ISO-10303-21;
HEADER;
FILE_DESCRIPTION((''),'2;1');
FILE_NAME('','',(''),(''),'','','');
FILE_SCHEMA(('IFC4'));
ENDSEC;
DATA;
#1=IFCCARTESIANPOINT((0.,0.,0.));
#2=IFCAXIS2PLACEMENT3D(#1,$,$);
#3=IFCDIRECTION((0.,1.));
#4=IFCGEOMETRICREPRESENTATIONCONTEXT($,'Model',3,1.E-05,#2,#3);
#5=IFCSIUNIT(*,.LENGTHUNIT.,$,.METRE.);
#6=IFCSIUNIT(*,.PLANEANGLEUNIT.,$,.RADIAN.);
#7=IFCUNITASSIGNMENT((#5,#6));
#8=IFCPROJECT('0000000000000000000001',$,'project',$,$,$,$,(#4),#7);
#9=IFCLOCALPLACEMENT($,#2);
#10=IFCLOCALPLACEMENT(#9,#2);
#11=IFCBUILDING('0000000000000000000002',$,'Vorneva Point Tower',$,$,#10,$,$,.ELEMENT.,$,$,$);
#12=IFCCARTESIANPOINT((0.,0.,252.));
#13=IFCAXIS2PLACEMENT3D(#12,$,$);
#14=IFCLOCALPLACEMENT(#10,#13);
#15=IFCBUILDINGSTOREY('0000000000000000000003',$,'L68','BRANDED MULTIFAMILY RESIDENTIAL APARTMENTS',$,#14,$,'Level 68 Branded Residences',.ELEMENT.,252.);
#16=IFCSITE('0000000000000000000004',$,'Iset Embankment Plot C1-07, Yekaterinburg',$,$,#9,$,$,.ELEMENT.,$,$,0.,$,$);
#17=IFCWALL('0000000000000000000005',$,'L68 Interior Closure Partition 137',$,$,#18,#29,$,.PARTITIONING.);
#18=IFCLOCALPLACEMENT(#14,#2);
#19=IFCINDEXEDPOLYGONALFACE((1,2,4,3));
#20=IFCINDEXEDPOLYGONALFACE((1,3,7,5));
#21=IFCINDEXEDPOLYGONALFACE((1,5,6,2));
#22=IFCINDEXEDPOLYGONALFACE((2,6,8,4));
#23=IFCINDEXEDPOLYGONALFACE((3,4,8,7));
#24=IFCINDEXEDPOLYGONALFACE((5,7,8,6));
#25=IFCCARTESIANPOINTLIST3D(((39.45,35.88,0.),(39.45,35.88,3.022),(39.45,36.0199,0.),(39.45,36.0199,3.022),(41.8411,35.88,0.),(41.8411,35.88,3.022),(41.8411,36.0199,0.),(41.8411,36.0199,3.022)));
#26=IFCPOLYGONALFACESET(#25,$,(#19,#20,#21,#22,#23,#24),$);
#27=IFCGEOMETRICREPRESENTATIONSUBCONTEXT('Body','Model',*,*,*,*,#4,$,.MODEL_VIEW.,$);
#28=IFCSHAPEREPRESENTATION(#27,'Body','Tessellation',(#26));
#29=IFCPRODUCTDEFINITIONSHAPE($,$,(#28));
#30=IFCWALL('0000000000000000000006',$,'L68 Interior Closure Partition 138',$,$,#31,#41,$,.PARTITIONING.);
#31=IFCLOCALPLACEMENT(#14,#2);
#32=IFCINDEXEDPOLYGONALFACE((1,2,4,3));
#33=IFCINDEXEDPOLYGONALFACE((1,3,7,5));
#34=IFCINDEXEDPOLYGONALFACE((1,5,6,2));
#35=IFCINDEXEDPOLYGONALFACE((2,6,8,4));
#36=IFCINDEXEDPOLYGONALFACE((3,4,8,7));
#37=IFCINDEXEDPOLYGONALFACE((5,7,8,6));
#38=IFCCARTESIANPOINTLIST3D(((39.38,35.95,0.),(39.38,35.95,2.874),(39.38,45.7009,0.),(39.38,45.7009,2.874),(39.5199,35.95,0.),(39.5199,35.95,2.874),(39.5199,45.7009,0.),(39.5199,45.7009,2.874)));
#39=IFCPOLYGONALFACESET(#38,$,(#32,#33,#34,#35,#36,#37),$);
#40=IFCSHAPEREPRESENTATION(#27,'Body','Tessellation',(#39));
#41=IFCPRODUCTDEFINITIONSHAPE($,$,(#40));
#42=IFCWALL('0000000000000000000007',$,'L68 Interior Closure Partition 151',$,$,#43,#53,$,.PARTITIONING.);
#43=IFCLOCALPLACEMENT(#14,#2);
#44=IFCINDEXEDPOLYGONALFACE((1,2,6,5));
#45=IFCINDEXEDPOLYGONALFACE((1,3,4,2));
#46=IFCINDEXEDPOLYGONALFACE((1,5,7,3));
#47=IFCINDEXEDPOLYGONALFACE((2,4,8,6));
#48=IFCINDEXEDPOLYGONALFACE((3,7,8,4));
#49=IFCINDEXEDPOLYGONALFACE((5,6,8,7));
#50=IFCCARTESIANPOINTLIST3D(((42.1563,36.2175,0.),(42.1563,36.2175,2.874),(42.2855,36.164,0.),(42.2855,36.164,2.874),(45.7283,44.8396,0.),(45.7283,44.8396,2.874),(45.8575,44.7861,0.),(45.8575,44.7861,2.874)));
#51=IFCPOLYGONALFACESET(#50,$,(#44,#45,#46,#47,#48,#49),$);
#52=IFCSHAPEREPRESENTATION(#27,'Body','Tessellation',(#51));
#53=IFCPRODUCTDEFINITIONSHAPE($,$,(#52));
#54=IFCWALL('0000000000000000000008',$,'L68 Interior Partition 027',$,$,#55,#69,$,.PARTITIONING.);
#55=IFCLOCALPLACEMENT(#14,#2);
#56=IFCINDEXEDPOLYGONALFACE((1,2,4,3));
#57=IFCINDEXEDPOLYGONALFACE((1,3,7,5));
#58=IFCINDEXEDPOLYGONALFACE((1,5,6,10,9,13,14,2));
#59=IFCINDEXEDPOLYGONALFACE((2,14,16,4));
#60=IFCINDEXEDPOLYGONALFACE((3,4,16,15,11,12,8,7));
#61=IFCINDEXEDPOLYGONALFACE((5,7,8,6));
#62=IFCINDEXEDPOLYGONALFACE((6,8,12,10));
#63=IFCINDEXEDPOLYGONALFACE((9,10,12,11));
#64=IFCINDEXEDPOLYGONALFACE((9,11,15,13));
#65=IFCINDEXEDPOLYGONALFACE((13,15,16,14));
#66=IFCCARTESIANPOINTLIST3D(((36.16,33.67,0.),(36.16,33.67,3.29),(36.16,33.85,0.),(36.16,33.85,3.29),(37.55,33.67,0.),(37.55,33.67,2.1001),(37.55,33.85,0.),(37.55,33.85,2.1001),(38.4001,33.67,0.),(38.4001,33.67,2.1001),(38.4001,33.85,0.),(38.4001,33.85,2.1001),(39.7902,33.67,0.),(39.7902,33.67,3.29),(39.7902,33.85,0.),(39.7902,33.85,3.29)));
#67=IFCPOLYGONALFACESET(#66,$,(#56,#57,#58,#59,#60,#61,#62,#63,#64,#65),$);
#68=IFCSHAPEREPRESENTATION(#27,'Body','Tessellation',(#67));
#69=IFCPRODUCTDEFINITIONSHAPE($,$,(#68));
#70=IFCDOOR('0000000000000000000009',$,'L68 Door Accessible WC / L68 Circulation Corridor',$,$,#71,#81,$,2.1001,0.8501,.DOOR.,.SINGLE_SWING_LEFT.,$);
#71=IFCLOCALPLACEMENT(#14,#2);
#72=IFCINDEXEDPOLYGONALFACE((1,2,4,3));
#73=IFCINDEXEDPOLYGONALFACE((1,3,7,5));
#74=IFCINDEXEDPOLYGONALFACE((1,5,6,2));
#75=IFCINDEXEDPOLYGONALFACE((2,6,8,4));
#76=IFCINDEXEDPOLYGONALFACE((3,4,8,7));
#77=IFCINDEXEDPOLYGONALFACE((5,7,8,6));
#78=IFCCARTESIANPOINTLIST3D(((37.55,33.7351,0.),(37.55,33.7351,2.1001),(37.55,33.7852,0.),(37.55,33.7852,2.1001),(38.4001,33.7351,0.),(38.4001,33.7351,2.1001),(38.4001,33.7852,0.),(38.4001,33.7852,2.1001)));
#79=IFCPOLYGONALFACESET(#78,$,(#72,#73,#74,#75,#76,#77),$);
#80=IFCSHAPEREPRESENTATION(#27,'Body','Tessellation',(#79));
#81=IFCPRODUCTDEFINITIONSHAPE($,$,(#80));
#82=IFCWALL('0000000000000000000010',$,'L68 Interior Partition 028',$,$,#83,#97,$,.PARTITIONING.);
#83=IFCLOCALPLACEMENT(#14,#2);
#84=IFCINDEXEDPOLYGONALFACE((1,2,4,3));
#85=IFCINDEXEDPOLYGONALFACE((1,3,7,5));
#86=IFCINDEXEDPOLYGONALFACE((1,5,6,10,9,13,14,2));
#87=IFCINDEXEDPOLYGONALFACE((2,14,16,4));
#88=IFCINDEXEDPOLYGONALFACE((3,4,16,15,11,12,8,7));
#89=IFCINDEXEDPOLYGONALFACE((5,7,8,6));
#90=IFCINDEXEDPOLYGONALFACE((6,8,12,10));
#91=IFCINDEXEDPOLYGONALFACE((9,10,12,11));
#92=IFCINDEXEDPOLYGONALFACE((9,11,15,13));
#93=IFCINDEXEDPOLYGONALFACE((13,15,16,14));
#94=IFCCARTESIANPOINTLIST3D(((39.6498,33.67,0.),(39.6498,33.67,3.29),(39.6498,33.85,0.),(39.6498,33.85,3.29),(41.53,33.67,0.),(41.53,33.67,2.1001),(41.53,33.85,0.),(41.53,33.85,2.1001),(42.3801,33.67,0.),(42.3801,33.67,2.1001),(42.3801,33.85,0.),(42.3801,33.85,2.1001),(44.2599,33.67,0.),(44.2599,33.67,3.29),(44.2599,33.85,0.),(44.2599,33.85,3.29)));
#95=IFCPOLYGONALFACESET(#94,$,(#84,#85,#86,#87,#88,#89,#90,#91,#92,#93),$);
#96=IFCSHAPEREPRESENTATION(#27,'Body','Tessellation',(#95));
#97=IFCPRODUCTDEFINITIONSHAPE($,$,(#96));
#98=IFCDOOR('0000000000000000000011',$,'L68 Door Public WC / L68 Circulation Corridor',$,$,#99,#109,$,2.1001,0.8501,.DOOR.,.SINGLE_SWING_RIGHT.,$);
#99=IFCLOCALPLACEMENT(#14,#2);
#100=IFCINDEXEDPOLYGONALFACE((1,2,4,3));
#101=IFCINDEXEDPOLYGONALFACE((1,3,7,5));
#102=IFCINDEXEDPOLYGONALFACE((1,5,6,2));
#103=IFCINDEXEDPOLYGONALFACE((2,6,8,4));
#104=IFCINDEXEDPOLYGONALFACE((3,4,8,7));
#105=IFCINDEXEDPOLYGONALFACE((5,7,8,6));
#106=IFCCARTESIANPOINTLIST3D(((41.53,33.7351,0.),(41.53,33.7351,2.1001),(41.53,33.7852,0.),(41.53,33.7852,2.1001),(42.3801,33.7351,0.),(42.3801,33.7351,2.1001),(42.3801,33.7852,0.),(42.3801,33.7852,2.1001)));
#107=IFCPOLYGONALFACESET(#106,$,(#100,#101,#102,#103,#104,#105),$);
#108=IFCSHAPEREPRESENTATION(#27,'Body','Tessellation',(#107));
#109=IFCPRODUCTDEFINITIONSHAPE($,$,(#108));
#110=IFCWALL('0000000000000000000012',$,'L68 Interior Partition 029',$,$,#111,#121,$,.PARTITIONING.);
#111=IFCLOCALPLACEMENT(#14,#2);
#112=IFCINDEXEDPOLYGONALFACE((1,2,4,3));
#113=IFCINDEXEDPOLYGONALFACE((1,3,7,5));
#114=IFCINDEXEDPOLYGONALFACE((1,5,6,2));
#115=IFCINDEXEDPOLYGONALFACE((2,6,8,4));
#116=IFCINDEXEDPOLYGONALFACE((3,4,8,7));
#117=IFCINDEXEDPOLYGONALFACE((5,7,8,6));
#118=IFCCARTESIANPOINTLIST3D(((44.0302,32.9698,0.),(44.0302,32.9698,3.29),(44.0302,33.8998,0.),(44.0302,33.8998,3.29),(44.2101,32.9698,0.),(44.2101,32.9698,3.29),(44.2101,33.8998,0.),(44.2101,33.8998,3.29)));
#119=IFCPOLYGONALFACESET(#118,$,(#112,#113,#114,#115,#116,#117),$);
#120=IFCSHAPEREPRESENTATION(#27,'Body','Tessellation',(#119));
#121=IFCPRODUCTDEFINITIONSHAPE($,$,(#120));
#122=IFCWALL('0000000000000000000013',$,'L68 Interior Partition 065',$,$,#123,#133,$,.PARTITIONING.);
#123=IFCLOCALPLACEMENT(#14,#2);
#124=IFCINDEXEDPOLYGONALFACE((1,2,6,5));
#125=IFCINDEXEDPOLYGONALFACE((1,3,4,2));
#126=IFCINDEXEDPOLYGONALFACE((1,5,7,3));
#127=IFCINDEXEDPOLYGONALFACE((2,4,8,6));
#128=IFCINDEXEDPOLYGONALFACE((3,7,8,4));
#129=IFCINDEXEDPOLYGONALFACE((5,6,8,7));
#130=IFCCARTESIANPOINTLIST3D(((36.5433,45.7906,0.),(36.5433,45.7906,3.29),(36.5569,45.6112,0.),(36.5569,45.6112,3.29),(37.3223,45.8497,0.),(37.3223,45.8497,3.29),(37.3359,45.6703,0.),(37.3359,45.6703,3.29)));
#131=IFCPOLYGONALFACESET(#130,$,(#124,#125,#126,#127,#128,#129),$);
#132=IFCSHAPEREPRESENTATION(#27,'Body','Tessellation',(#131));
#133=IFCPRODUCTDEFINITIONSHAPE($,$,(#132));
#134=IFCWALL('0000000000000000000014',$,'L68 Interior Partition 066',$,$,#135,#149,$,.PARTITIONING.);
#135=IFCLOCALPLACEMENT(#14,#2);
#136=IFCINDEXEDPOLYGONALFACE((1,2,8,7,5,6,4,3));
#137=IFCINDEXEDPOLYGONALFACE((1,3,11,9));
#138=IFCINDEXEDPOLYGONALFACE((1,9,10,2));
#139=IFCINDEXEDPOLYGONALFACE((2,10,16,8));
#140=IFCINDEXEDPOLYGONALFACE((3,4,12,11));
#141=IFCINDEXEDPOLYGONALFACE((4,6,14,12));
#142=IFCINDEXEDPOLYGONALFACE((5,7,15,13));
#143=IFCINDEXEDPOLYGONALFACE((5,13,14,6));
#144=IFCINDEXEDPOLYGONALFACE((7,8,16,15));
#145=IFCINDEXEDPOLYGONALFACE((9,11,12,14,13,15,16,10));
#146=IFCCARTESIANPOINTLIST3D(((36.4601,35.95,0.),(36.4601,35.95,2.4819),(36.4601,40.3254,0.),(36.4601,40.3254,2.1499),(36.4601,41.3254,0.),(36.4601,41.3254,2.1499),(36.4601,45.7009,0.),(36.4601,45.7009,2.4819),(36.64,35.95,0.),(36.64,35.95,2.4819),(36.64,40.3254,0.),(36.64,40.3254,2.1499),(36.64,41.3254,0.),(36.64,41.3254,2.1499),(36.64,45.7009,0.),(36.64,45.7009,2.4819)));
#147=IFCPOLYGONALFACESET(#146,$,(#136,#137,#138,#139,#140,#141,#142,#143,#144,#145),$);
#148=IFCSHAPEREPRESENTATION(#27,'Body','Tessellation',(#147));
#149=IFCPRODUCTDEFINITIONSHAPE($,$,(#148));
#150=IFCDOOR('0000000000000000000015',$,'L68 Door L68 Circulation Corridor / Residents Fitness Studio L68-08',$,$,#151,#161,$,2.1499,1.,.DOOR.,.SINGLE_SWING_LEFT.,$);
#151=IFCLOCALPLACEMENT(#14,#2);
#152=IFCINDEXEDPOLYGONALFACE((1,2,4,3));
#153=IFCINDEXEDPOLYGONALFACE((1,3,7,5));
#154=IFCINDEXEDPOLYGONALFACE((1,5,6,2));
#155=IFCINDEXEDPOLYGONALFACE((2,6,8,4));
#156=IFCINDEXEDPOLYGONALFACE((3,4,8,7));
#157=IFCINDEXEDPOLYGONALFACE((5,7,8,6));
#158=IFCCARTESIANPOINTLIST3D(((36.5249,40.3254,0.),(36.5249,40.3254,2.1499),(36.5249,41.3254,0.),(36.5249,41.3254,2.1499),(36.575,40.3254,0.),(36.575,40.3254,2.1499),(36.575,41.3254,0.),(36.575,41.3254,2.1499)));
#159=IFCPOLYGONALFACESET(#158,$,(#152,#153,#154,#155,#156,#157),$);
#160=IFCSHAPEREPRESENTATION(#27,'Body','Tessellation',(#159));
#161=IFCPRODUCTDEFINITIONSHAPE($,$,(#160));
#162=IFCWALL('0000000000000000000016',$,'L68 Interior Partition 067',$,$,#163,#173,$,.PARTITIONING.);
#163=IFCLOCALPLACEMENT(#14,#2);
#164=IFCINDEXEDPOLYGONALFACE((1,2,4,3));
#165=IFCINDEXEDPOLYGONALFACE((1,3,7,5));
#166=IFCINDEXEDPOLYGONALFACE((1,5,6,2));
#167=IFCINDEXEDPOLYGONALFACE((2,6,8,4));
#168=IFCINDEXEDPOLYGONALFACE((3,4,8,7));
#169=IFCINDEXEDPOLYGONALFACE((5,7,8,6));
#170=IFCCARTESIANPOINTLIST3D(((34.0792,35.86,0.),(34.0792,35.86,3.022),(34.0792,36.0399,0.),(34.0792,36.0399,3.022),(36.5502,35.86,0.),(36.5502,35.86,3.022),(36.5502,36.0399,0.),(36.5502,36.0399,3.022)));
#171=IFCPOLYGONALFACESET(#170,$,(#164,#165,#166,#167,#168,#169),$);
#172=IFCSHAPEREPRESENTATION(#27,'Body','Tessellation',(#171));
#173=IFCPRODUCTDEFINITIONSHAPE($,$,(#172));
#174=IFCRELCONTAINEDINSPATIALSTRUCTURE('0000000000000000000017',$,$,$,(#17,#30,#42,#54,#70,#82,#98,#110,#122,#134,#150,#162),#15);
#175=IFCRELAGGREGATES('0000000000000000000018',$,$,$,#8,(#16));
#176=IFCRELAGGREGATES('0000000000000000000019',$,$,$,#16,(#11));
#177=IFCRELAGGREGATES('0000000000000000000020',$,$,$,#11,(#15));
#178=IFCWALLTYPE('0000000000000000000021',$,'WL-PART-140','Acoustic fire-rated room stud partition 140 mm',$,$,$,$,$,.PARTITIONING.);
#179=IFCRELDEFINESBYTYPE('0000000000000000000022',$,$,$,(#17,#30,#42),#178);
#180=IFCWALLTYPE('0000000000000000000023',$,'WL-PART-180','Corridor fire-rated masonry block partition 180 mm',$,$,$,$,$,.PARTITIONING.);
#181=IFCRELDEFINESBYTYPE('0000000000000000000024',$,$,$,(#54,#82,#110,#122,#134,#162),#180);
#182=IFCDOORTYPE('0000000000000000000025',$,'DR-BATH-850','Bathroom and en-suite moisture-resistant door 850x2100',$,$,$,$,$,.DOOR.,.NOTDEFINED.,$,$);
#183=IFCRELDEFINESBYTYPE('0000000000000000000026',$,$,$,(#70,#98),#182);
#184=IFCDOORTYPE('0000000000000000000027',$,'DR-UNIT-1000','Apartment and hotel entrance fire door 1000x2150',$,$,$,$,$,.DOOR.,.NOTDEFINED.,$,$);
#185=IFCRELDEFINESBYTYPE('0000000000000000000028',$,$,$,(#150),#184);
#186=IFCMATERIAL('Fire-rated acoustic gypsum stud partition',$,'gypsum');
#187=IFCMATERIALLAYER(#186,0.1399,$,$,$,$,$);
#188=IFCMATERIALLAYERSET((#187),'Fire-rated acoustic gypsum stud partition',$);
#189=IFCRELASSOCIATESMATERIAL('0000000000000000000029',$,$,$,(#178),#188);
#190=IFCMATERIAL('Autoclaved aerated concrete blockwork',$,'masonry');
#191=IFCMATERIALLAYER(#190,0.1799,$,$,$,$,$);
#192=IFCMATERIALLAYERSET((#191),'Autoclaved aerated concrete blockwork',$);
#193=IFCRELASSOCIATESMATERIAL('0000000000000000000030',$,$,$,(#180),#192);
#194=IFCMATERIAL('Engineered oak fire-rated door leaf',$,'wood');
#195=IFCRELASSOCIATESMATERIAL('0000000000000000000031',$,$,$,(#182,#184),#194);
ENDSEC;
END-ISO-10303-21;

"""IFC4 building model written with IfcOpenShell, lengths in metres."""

from ifc_helpers import new_model, si_unit, direction, frame, frame_2d, origin, place, context, subcontext, project, spatial, rectangle, extrude, material, layer, layer_set, type_object, element, fill, save


model = new_model("IFC4")

# Units and contexts
model_context = context("Model", 3, precision=1e-05, world=origin(), true_north=direction((0.0, 1.0)))
body_context = subcontext(model_context, "Body", "Model", "MODEL_VIEW")
ifc_project = project(units=[si_unit("LENGTHUNIT", "METRE"), si_unit("PLANEANGLEUNIT", "RADIAN")], contexts=[model_context])

# Site, building, storey
site_placement = place(None, origin())
site = spatial("IfcSite", under=ifc_project, at=site_placement, Name="Iset Embankment Plot C1-07, Yekaterinburg", CompositionType="ELEMENT", RefElevation=0.0)
building_placement = place(site_placement, origin())
building = spatial("IfcBuilding", under=site, at=building_placement, Name="Vorneva Point Tower", CompositionType="ELEMENT")
storey_placement = place(building_placement, frame((0.0, 0.0, 252.0)))
storey = spatial("IfcBuildingStorey", under=building, at=storey_placement, Name="L68", Description="BRANDED MULTIFAMILY RESIDENTIAL APARTMENTS", LongName="Level 68 Branded Residences", CompositionType="ELEMENT", Elevation=252.0)

# Walls
ifc_material_1 = material(Name="Fire-rated acoustic gypsum stud partition", Category="gypsum")
ifc_layer_1 = layer(ifc_material_1, 0.1399)
ifc_layer_set_1 = layer_set([ifc_layer_1], Name="Fire-rated acoustic gypsum stud partition")
wall_type_1 = type_object("IfcWallType", Name="WL-PART-140", Description="Acoustic fire-rated room stud partition 140 mm", PredefinedType="PARTITIONING", material=ifc_layer_set_1)
wall_1_placement = place(storey_placement, frame((41.8411, 35.95, 0.0), z_axis=(0.0, 0.0, 1.0), x_axis=(-1.0, 0.0, 0.0)))
element("IfcWall", 1, at=wall_1_placement, inside=storey, type_object=wall_type_1, Name="L68 Interior Closure Partition 137", PredefinedType="PARTITIONING", context=body_context, shape_type="SweptSolid", body=[
    extrude(rectangle(XDim=2.3911, YDim=0.1399, at=frame_2d((1.1956, 0.0))), origin(), (0.0, 0.0, 1.0), 3.022),
])
wall_2_placement = place(storey_placement, frame((39.45, 35.95, 0.0), z_axis=(0.0, 0.0, 1.0), x_axis=(0.0, 1.0, 0.0)))
element("IfcWall", 2, at=wall_2_placement, inside=storey, type_object=wall_type_1, Name="L68 Interior Closure Partition 138", PredefinedType="PARTITIONING", context=body_context, shape_type="SweptSolid", body=[
    extrude(rectangle(XDim=9.751, YDim=0.1399, at=frame_2d((4.8755, 0.0))), origin(), (0.0, 0.0, 1.0), 2.874),
])
wall_3_placement = place(storey_placement, frame((45.793, 44.813, 0.0), z_axis=(0.0, 0.0, 1.0), x_axis=(-0.382742, -0.923855, 0.0)))
element("IfcWall", 3, at=wall_3_placement, inside=storey, type_object=wall_type_1, Name="L68 Interior Closure Partition 151", PredefinedType="PARTITIONING", context=body_context, shape_type="SweptSolid", body=[
    extrude(rectangle(XDim=9.3328, YDim=0.1399, at=frame_2d((4.6665, 0.0))), origin(), (0.0, 0.0, 1.0), 2.874),
])

# Walls, openings, doors
ifc_material_2 = material(Name="Autoclaved aerated concrete blockwork", Category="masonry")
ifc_layer_2 = layer(ifc_material_2, 0.1799)
ifc_layer_set_2 = layer_set([ifc_layer_2], Name="Autoclaved aerated concrete blockwork")
wall_type_2 = type_object("IfcWallType", Name="WL-PART-180", Description="Corridor fire-rated masonry block partition 180 mm", PredefinedType="PARTITIONING", material=ifc_layer_set_2)
wall_4_placement = place(storey_placement, frame((39.79, 33.76, 0.0), z_axis=(0.0, 0.0, 1.0), x_axis=(-1.0, 0.0, 0.0)))
wall_4 = element("IfcWall", 4, at=wall_4_placement, inside=storey, type_object=wall_type_2, Name="L68 Interior Partition 027", PredefinedType="PARTITIONING", context=body_context, shape_type="SweptSolid", body=[
    extrude(rectangle(XDim=3.6301, YDim=0.1799, at=frame_2d((1.8149, 0.0))), origin(), (0.0, 0.0, 1.0), 3.29),
])
opening_1_placement = place(wall_4_placement, frame((1.3899, 0.0, 0.0)))
opening_1 = element("IfcOpeningElement", 5, at=opening_1_placement, cuts=wall_4, PredefinedType="OPENING", context=body_context, shape_type="SweptSolid", body=[
    extrude(rectangle(XDim=0.8501, YDim=2.1001, at=frame_2d((0.425, 1.05))), frame((0.0, 0.105, 0.0), z_axis=(0.0, -1.0, 0.0), x_axis=(1.0, 0.0, 0.0)), (0.0, 0.0, 1.0), 0.2097),
])
ifc_material_3 = material(Name="Engineered oak fire-rated door leaf", Category="wood")
door_type_1 = type_object("IfcDoorType", Name="DR-BATH-850", Description="Bathroom and en-suite moisture-resistant door 850x2100", OperationType="NOTDEFINED", PredefinedType="DOOR", material=ifc_material_3)
door_1_placement = place(opening_1_placement, origin())
door_1 = element("IfcDoor", 6, at=door_1_placement, inside=storey, type_object=door_type_1, Name="L68 Door Accessible WC / L68 Circulation Corridor", OperationType="SINGLE_SWING_LEFT", OverallHeight=2.1001, OverallWidth=0.8501, PredefinedType="DOOR", context=body_context, shape_type="SweptSolid", body=[
    extrude(rectangle(XDim=0.8501, YDim=2.1001, at=frame_2d((0.425, 1.05))), frame((0.0, 0.0249, 0.0), z_axis=(0.0, -1.0, 0.0), x_axis=(1.0, 0.0, 0.0)), (0.0, 0.0, 1.0), 0.05),
])
fill(opening_1, door_1)
wall_5_placement = place(storey_placement, frame((44.26, 33.76, 0.0), z_axis=(0.0, 0.0, 1.0), x_axis=(-1.0, 0.0, 0.0)))
wall_5 = element("IfcWall", 7, at=wall_5_placement, inside=storey, type_object=wall_type_2, Name="L68 Interior Partition 028", PredefinedType="PARTITIONING", context=body_context, shape_type="SweptSolid", body=[
    extrude(rectangle(XDim=4.6101, YDim=0.1799, at=frame_2d((2.3052, 0.0))), origin(), (0.0, 0.0, 1.0), 3.29),
])
opening_2_placement = place(wall_5_placement, frame((1.8799, 0.0, 0.0)))
opening_2 = element("IfcOpeningElement", 8, at=opening_2_placement, cuts=wall_5, PredefinedType="OPENING", context=body_context, shape_type="SweptSolid", body=[
    extrude(rectangle(XDim=0.8501, YDim=2.1001, at=frame_2d((0.425, 1.05))), frame((0.0, 0.105, 0.0), z_axis=(0.0, -1.0, 0.0), x_axis=(1.0, 0.0, 0.0)), (0.0, 0.0, 1.0), 0.2097),
])
door_2_placement = place(opening_2_placement, origin())
door_2 = element("IfcDoor", 9, at=door_2_placement, inside=storey, type_object=door_type_1, Name="L68 Door Public WC / L68 Circulation Corridor", OperationType="SINGLE_SWING_RIGHT", OverallHeight=2.1001, OverallWidth=0.8501, PredefinedType="DOOR", context=body_context, shape_type="SweptSolid", body=[
    extrude(rectangle(XDim=0.8501, YDim=2.1001, at=frame_2d((0.425, 1.05))), frame((0.0, 0.0249, 0.0), z_axis=(0.0, -1.0, 0.0), x_axis=(1.0, 0.0, 0.0)), (0.0, 0.0, 1.0), 0.05),
])
fill(opening_2, door_2)

# Walls
wall_6_placement = place(storey_placement, frame((44.1201, 32.97, 0.0), z_axis=(0.0, 0.0, 1.0), x_axis=(0.0, 1.0, 0.0)))
element("IfcWall", 10, at=wall_6_placement, inside=storey, type_object=wall_type_2, Name="L68 Interior Partition 029", PredefinedType="PARTITIONING", context=body_context, shape_type="SweptSolid", body=[
    extrude(rectangle(XDim=0.9299, YDim=0.1799, at=frame_2d((0.4648, 0.0))), origin(), (0.0, 0.0, 1.0), 3.29),
])
wall_7_placement = place(storey_placement, frame((37.3291, 45.76, 0.0), z_axis=(0.0, 0.0, 1.0), x_axis=(-0.997137, -0.075621, 0.0)))
element("IfcWall", 11, at=wall_7_placement, inside=storey, type_object=wall_type_2, Name="L68 Interior Partition 065", PredefinedType="PARTITIONING", context=body_context, shape_type="SweptSolid", body=[
    extrude(rectangle(XDim=0.7812, YDim=0.1799, at=frame_2d((0.3906, 0.0))), origin(), (0.0, 0.0, 1.0), 3.29),
])

# Wall, opening, door
wall_8_placement = place(storey_placement, frame((36.55, 45.7009, 0.0), z_axis=(0.0, 0.0, 1.0), x_axis=(0.0, -1.0, 0.0)))
wall_8 = element("IfcWall", 12, at=wall_8_placement, inside=storey, type_object=wall_type_2, Name="L68 Interior Partition 066", PredefinedType="PARTITIONING", context=body_context, shape_type="SweptSolid", body=[
    extrude(rectangle(XDim=9.751, YDim=0.1799, at=frame_2d((4.8755, 0.0))), origin(), (0.0, 0.0, 1.0), 2.4819),
])
opening_3_placement = place(wall_8_placement, frame((4.3755, 0.0, 0.0)))
opening_3 = element("IfcOpeningElement", 13, at=opening_3_placement, cuts=wall_8, PredefinedType="OPENING", context=body_context, shape_type="SweptSolid", body=[
    extrude(rectangle(XDim=1.0, YDim=2.1499, at=frame_2d((0.5, 1.075))), frame((0.0, 0.105, 0.0), z_axis=(0.0, -1.0, 0.0), x_axis=(1.0, 0.0, 0.0)), (0.0, 0.0, 1.0), 0.2097),
])
door_type_2 = type_object("IfcDoorType", Name="DR-UNIT-1000", Description="Apartment and hotel entrance fire door 1000x2150", OperationType="NOTDEFINED", PredefinedType="DOOR", material=ifc_material_3)
door_3_placement = place(opening_3_placement, origin())
door_3 = element("IfcDoor", 14, at=door_3_placement, inside=storey, type_object=door_type_2, Name="L68 Door L68 Circulation Corridor / Residents Fitness Studio L68-08", OperationType="SINGLE_SWING_LEFT", OverallHeight=2.1499, OverallWidth=1.0, PredefinedType="DOOR", context=body_context, shape_type="SweptSolid", body=[
    extrude(rectangle(XDim=1.0, YDim=2.1499, at=frame_2d((0.5, 1.075))), frame((0.0, 0.0249, 0.0), z_axis=(0.0, -1.0, 0.0), x_axis=(1.0, 0.0, 0.0)), (0.0, 0.0, 1.0), 0.05),
])
fill(opening_3, door_3)

# Wall
wall_9_placement = place(storey_placement, frame((36.55, 35.95, 0.0), z_axis=(0.0, 0.0, 1.0), x_axis=(-1.0, 0.0, 0.0)))
element("IfcWall", 15, at=wall_9_placement, inside=storey, type_object=wall_type_2, Name="L68 Interior Partition 067", PredefinedType="PARTITIONING", context=body_context, shape_type="SweptSolid", body=[
    extrude(rectangle(XDim=2.4709, YDim=0.1799, at=frame_2d((1.2354, 0.0))), origin(), (0.0, 0.0, 1.0), 3.022),
])

save(model, "model.ifc")
